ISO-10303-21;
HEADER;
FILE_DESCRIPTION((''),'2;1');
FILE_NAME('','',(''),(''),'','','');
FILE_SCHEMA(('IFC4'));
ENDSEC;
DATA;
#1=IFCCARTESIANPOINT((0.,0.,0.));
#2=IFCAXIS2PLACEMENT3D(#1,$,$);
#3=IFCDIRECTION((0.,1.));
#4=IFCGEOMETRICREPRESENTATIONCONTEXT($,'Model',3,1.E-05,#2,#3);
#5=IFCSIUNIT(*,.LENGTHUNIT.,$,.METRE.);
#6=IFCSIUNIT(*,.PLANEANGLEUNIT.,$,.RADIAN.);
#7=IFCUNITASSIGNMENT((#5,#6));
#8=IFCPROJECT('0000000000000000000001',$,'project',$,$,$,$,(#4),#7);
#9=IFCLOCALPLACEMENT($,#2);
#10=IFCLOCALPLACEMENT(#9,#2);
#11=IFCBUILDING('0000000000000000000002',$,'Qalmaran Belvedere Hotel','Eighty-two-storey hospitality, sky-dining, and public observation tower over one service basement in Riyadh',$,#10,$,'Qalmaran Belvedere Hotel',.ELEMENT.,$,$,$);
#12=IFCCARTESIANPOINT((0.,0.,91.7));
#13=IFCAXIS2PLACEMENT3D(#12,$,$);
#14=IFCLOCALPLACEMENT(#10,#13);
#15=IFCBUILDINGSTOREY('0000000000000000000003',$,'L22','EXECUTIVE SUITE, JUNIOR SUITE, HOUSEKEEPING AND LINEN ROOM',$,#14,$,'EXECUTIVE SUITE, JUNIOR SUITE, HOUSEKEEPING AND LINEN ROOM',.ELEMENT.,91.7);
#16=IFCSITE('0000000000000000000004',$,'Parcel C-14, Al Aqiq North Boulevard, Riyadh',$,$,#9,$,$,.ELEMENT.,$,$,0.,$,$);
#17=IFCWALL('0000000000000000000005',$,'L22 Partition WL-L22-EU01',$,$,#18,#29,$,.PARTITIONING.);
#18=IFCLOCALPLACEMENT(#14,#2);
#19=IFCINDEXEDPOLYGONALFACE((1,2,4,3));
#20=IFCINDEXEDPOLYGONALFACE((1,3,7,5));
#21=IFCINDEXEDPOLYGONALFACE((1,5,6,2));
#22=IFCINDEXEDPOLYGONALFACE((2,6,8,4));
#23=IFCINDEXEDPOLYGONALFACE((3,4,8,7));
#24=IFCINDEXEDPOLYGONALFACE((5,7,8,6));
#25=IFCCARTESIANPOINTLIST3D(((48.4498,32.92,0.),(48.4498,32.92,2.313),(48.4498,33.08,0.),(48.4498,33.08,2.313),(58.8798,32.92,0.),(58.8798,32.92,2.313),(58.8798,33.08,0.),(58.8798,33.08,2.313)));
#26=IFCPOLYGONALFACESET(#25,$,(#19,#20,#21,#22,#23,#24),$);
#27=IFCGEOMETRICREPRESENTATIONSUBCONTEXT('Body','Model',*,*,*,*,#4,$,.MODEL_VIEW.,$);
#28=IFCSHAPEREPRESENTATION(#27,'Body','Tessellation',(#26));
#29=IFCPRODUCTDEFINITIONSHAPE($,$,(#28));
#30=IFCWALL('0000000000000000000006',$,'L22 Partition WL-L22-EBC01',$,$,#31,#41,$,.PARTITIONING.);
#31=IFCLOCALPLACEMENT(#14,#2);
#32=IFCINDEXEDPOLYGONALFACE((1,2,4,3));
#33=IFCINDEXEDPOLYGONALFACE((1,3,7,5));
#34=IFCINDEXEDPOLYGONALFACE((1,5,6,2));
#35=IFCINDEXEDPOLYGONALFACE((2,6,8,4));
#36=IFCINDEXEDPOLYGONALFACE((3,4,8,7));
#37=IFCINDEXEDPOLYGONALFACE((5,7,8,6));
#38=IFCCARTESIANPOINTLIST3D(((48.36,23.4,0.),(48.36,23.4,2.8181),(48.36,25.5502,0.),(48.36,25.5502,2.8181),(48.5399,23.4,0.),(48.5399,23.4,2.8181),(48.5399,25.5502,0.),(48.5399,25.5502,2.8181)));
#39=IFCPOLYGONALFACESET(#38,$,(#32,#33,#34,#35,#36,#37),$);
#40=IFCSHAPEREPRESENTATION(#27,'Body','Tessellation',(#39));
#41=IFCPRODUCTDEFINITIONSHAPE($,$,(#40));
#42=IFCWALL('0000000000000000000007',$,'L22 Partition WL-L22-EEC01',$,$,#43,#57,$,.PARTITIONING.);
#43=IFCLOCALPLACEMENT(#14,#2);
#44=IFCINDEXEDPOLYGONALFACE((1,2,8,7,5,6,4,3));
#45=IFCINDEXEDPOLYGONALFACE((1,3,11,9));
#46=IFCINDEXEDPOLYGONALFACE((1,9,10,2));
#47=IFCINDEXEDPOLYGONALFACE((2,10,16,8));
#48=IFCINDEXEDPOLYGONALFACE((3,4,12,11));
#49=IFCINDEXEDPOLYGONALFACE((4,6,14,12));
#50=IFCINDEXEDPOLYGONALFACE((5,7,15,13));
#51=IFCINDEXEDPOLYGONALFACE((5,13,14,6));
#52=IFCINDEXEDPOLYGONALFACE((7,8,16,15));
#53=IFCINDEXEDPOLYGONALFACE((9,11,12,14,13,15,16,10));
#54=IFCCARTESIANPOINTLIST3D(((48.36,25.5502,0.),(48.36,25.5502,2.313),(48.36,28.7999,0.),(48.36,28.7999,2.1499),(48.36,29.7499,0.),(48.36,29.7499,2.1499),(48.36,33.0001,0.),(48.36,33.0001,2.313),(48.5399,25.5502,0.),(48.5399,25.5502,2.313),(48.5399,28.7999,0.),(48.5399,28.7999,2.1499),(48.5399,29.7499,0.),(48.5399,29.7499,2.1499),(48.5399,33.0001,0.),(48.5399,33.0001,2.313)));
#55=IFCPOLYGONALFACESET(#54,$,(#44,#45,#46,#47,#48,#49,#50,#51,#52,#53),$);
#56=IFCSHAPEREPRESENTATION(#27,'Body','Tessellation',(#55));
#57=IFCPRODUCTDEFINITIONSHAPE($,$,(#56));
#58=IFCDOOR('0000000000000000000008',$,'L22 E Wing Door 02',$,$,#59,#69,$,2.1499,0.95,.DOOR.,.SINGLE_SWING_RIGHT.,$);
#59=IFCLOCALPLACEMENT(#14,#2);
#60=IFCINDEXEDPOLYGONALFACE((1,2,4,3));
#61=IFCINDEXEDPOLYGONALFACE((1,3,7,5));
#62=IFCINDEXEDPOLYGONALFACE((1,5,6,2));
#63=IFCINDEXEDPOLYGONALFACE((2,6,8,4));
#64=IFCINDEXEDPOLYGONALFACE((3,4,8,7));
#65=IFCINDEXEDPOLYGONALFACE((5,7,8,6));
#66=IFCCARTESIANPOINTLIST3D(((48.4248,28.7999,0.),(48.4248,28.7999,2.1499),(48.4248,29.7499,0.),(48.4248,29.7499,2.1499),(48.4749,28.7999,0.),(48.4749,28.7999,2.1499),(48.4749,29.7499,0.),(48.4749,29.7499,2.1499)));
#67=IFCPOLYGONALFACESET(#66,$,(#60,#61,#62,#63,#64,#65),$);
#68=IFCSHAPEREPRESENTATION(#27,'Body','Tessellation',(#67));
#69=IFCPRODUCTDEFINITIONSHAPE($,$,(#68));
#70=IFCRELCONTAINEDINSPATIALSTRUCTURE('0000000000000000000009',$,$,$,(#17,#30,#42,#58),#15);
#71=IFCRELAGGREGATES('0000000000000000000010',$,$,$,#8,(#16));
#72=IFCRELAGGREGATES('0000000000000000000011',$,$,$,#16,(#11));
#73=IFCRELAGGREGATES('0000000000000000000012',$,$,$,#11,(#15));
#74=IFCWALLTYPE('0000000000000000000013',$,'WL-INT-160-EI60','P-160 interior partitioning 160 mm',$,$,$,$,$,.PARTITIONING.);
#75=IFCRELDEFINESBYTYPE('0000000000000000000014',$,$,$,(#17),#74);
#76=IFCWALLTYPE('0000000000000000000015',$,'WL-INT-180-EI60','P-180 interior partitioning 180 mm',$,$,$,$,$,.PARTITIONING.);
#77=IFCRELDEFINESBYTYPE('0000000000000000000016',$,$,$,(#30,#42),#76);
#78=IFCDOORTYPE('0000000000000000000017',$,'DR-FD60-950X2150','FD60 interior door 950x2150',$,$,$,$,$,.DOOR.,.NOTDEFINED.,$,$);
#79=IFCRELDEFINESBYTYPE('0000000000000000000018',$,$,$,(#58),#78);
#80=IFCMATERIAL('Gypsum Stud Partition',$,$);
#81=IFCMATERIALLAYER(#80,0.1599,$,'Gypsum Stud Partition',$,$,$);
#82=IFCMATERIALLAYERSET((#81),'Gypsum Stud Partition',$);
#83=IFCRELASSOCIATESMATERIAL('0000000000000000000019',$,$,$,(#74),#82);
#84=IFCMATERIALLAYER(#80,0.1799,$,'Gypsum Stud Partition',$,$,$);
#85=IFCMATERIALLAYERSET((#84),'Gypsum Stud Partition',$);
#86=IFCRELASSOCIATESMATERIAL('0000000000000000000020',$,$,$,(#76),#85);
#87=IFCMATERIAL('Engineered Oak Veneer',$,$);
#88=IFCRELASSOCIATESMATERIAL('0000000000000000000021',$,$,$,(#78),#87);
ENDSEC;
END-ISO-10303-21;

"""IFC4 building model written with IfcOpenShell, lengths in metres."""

from ifc_helpers import new_model, si_unit, direction, frame, frame_2d, origin, place, context, subcontext, project, spatial, rectangle, extrude, material, layer, layer_set, type_object, element, fill, save


model = new_model("IFC4")

# Units and contexts
model_context = context("Model", 3, precision=1e-05, world=origin(), true_north=direction((0.0, 1.0)))
body_context = subcontext(model_context, "Body", "Model", "MODEL_VIEW")
ifc_project = project(units=[si_unit("LENGTHUNIT", "METRE"), si_unit("PLANEANGLEUNIT", "RADIAN")], contexts=[model_context])

# Site, building, storey
site_placement = place(None, origin())
site = spatial("IfcSite", under=ifc_project, at=site_placement, Name="Parcel C-14, Al Aqiq North Boulevard, Riyadh", CompositionType="ELEMENT", RefElevation=0.0)
building_placement = place(site_placement, origin())
building = spatial("IfcBuilding", under=site, at=building_placement, Name="Qalmaran Belvedere Hotel", Description="Eighty-two-storey hospitality, sky-dining, and public observation tower over one service basement in Riyadh", LongName="Qalmaran Belvedere Hotel", CompositionType="ELEMENT")
storey_placement = place(building_placement, frame((0.0, 0.0, 91.7)))
storey = spatial("IfcBuildingStorey", under=building, at=storey_placement, Name="L22", Description="EXECUTIVE SUITE, JUNIOR SUITE, HOUSEKEEPING AND LINEN ROOM", LongName="EXECUTIVE SUITE, JUNIOR SUITE, HOUSEKEEPING AND LINEN ROOM", CompositionType="ELEMENT", Elevation=91.7)

# Shared definitions
ifc_material_1 = material(Name="Engineered Oak Veneer")

# Shared definitions
ifc_material_2 = material(Name="Gypsum Stud Partition")

# Walls
ifc_layer_1 = layer(ifc_material_2, 0.1599, Name="Gypsum Stud Partition")
ifc_layer_set_1 = layer_set([ifc_layer_1], Name="Gypsum Stud Partition")
wall_type_1 = type_object("IfcWallType", Name="WL-INT-160-EI60", Description="P-160 interior partitioning 160 mm", PredefinedType="PARTITIONING", material=ifc_layer_set_1)
wall_1_placement = place(storey_placement, frame((48.45, 33.0, 0.0), z_axis=(0.0, 0.0, 1.0), x_axis=(1.0, 0.0, 0.0)))
element("IfcWall", 1, at=wall_1_placement, inside=storey, type_object=wall_type_1, Name="L22 Partition WL-L22-EU01", PredefinedType="PARTITIONING", context=body_context, shape_type="SweptSolid", body=[
    extrude(rectangle(XDim=10.4299, YDim=0.1599, at=frame_2d((5.2148, 0.0))), origin(), (0.0, 0.0, 1.0), 2.313),
])
ifc_layer_2 = layer(ifc_material_2, 0.1799, Name="Gypsum Stud Partition")
ifc_layer_set_2 = layer_set([ifc_layer_2], Name="Gypsum Stud Partition")
wall_type_2 = type_object("IfcWallType", Name="WL-INT-180-EI60", Description="P-180 interior partitioning 180 mm", PredefinedType="PARTITIONING", material=ifc_layer_set_2)
wall_2_placement = place(storey_placement, frame((48.45, 23.3999, 0.0), z_axis=(0.0, 0.0, 1.0), x_axis=(0.0, 1.0, 0.0)))
element("IfcWall", 2, at=wall_2_placement, inside=storey, type_object=wall_type_2, Name="L22 Partition WL-L22-EBC01", PredefinedType="PARTITIONING", context=body_context, shape_type="SweptSolid", body=[
    extrude(rectangle(XDim=2.1501, YDim=0.1799, at=frame_2d((1.0752, 0.0))), origin(), (0.0, 0.0, 1.0), 2.8181),
])

# Wall, opening, door
wall_3_placement = place(storey_placement, frame((48.45, 25.55, 0.0), z_axis=(0.0, 0.0, 1.0), x_axis=(0.0, 1.0, 0.0)))
wall_3 = element("IfcWall", 3, at=wall_3_placement, inside=storey, type_object=wall_type_2, Name="L22 Partition WL-L22-EEC01", PredefinedType="PARTITIONING", context=body_context, shape_type="SweptSolid", body=[
    extrude(rectangle(XDim=7.45, YDim=0.1799, at=frame_2d((3.7251, 0.0))), origin(), (0.0, 0.0, 1.0), 2.313),
])
opening_1_placement = place(wall_3_placement, frame((4.2, 0.0, 0.0), z_axis=(0.0, 0.0, 1.0), x_axis=(-1.0, 0.0, 0.0)))
opening_1 = element("IfcOpeningElement", 4, at=opening_1_placement, cuts=wall_3, PredefinedType="OPENING", context=body_context, shape_type="SweptSolid", body=[
    extrude(rectangle(XDim=0.95, YDim=2.1499, at=frame_2d((0.4751, 1.075))), frame((0.0, 0.1001, 0.0), z_axis=(0.0, -1.0, 0.0), x_axis=(1.0, 0.0, 0.0)), (0.0, 0.0, 1.0), 0.2),
])
door_type_1 = type_object("IfcDoorType", Name="DR-FD60-950X2150", Description="FD60 interior door 950x2150", OperationType="NOTDEFINED", PredefinedType="DOOR", material=ifc_material_1)
door_1_placement = place(opening_1_placement, origin())
door_1 = element("IfcDoor", 5, at=door_1_placement, inside=storey, type_object=door_type_1, Name="L22 E Wing Door 02", OperationType="SINGLE_SWING_RIGHT", OverallHeight=2.1499, OverallWidth=0.95, PredefinedType="DOOR", context=body_context, shape_type="SweptSolid", body=[
    extrude(rectangle(XDim=0.95, YDim=2.1499, at=frame_2d((0.4751, 1.075))), frame((0.0, 0.0249, 0.0), z_axis=(0.0, -1.0, 0.0), x_axis=(1.0, 0.0, 0.0)), (0.0, 0.0, 1.0), 0.05),
])
fill(opening_1, door_1)

save(model, "model.ifc")
